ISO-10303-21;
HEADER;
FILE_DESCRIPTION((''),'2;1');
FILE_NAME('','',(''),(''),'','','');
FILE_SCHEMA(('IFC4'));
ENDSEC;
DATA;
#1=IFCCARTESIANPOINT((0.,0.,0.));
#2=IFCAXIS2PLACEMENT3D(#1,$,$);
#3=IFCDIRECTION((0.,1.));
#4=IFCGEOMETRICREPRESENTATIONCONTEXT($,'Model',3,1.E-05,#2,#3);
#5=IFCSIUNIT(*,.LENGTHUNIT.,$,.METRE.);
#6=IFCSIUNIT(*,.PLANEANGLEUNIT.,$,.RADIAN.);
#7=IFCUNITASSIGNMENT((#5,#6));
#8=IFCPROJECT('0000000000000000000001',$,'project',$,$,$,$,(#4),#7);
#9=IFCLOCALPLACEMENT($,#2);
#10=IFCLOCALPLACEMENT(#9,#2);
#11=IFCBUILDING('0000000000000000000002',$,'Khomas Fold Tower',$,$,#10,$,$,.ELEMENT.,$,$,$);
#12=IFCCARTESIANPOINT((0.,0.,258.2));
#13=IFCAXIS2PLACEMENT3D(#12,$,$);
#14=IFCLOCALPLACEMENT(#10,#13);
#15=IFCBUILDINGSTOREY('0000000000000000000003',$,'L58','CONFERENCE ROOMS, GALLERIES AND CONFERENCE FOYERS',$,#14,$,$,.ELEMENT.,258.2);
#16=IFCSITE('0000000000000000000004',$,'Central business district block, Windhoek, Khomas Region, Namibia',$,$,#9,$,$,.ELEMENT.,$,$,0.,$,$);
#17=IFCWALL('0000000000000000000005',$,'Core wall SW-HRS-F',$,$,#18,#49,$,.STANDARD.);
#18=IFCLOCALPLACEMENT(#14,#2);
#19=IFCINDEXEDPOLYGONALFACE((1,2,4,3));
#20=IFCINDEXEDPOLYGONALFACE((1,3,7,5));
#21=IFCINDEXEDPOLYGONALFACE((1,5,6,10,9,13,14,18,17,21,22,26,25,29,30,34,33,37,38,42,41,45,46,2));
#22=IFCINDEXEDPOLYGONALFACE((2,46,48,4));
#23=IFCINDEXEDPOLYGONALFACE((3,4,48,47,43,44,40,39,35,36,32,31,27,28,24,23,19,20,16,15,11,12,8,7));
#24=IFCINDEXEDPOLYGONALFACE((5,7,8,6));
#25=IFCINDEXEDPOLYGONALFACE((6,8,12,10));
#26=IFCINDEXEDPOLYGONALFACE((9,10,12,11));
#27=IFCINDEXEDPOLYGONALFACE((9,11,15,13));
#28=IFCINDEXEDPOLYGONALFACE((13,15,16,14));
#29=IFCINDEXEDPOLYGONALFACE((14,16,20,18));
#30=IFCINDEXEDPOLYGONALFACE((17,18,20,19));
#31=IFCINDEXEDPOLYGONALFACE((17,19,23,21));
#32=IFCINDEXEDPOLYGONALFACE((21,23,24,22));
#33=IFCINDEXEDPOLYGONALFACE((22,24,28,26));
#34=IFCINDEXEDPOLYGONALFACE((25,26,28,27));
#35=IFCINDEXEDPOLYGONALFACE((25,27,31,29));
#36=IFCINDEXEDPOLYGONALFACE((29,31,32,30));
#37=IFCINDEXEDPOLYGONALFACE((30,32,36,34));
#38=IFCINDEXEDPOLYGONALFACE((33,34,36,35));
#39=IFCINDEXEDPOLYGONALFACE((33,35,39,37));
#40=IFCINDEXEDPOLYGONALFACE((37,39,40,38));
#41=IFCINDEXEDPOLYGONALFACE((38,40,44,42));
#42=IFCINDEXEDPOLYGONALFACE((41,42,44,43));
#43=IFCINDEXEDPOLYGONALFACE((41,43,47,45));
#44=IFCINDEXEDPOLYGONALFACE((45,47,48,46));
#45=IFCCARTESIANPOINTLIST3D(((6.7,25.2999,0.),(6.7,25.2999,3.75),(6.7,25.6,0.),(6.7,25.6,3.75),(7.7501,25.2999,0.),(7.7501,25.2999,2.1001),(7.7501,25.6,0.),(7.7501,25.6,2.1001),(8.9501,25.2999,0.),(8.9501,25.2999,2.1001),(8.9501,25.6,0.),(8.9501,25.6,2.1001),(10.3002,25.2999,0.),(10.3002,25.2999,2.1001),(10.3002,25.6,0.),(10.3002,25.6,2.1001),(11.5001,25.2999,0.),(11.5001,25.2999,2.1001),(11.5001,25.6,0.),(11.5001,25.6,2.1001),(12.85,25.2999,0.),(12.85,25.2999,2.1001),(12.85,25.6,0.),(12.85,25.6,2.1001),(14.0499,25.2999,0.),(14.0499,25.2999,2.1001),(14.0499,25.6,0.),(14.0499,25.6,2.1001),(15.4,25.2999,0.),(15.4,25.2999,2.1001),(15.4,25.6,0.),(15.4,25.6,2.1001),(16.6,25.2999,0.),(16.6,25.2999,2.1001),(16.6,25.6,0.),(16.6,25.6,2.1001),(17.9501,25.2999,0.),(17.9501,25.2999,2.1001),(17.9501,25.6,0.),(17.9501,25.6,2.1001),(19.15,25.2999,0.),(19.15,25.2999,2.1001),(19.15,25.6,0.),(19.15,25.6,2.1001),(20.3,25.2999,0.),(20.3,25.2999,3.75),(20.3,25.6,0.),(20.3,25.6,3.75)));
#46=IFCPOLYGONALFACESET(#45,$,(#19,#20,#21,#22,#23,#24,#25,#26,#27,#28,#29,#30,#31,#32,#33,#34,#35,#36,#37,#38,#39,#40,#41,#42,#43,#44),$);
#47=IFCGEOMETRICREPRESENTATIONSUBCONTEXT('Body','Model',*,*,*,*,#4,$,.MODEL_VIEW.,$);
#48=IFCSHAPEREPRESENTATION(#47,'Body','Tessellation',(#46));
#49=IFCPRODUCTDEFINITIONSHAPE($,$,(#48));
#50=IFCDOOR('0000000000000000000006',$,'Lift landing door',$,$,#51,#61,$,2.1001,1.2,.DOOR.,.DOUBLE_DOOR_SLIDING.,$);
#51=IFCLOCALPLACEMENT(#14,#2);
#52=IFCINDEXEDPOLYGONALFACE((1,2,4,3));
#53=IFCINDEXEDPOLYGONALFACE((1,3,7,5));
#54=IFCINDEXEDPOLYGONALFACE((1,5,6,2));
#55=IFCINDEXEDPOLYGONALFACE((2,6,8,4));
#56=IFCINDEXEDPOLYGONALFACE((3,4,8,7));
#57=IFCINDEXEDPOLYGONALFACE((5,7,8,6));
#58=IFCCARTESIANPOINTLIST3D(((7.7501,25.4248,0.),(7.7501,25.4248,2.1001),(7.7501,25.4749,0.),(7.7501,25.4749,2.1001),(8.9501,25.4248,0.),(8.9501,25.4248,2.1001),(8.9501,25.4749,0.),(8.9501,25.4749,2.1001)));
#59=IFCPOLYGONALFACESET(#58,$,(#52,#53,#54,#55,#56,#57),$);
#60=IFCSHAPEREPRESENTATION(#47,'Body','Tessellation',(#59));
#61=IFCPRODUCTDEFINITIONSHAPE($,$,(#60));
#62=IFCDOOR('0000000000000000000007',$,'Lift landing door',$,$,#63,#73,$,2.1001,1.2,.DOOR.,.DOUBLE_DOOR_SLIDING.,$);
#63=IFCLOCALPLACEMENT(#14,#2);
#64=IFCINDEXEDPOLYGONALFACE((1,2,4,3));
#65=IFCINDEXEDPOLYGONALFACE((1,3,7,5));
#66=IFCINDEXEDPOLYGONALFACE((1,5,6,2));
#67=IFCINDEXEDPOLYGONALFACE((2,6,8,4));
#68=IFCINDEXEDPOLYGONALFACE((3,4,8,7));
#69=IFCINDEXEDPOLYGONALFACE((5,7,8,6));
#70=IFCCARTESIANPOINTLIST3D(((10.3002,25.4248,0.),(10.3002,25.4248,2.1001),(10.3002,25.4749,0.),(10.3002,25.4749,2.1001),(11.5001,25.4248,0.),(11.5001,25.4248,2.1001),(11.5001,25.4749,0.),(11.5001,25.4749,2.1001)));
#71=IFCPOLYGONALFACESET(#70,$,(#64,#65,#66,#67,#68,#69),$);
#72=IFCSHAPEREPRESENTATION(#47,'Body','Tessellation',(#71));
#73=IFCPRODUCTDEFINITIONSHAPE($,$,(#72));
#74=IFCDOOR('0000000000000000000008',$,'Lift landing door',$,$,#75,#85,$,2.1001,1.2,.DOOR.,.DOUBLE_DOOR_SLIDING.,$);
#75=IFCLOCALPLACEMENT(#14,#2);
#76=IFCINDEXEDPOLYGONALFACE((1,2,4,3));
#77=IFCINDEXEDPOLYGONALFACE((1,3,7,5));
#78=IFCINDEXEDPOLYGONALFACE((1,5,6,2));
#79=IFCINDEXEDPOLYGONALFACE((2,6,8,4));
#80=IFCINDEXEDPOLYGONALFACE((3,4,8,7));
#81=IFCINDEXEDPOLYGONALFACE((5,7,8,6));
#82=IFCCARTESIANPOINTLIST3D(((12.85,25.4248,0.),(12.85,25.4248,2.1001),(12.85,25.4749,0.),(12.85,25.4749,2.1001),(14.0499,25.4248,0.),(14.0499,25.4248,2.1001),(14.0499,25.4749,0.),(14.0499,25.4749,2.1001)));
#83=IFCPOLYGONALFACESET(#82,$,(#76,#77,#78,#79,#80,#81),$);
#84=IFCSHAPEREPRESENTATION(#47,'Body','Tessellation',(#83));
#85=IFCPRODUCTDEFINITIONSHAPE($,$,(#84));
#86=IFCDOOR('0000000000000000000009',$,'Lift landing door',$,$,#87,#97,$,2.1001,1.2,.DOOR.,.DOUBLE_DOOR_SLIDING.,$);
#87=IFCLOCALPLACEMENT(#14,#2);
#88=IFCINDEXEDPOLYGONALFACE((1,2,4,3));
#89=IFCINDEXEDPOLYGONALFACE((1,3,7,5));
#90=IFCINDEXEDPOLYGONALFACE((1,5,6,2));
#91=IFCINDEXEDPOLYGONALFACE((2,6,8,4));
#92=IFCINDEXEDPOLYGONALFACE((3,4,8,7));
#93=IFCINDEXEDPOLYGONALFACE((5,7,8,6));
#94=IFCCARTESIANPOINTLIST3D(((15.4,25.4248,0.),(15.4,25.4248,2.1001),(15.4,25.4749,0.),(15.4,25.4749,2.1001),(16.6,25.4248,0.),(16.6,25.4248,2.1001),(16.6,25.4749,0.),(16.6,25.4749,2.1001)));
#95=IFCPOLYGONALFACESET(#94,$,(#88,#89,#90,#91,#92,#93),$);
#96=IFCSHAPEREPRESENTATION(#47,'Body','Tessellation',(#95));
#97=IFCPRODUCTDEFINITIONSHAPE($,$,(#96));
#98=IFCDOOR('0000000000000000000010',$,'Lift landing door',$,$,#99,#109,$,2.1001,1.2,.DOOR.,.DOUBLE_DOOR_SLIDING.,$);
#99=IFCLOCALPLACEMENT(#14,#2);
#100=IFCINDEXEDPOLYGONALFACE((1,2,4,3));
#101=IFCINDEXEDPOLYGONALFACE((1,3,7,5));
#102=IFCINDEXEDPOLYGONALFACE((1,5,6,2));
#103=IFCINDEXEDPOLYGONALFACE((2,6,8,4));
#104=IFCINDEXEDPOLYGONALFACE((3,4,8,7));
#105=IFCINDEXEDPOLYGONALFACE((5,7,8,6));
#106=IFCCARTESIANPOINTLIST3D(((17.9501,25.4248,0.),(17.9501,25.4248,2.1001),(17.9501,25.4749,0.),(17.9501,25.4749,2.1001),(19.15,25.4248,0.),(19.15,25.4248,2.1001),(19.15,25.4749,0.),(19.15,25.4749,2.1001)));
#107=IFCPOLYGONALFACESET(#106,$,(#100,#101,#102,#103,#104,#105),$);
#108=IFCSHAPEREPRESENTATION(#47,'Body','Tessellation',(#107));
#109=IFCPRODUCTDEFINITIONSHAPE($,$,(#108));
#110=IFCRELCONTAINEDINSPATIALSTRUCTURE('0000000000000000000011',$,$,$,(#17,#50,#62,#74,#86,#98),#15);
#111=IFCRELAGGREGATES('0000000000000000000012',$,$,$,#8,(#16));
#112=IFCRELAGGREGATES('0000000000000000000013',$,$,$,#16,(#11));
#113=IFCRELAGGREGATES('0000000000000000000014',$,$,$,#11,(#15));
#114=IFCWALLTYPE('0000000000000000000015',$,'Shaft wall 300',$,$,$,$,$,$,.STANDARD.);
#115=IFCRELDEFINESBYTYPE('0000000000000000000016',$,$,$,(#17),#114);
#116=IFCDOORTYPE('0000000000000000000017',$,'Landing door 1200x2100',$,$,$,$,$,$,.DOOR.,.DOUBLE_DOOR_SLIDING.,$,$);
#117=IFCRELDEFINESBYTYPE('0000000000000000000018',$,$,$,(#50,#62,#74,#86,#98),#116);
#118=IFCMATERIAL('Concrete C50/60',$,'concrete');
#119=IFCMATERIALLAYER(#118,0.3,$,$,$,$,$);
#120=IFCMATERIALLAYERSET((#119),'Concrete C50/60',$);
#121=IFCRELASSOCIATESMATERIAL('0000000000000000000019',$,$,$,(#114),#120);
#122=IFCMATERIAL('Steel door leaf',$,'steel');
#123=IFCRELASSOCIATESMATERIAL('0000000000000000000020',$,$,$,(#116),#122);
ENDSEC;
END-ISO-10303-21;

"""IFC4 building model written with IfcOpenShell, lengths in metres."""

from ifc_helpers import new_model, si_unit, direction, frame, frame_2d, origin, place, context, subcontext, project, spatial, rectangle, extrude, source, transform, mapped, material, layer, layer_set, type_object, element, fill, save


model = new_model("IFC4")

# Units and contexts
model_context = context("Model", 3, precision=1e-05, world=origin(), true_north=direction((0.0, 1.0)))
body_context = subcontext(model_context, "Body", "Model", "MODEL_VIEW")
ifc_project = project(units=[si_unit("LENGTHUNIT", "METRE"), si_unit("PLANEANGLEUNIT", "RADIAN")], contexts=[model_context])

# Site, building, storey
site_placement = place(None, origin())
site = spatial("IfcSite", under=ifc_project, at=site_placement, Name="Central business district block, Windhoek, Khomas Region, Namibia", CompositionType="ELEMENT", RefElevation=0.0)
building_placement = place(site_placement, origin())
building = spatial("IfcBuilding", under=site, at=building_placement, Name="Khomas Fold Tower", CompositionType="ELEMENT")
storey_placement = place(building_placement, frame((0.0, 0.0, 258.2)))
storey = spatial("IfcBuildingStorey", under=building, at=storey_placement, Name="L58", Description="CONFERENCE ROOMS, GALLERIES AND CONFERENCE FOYERS", CompositionType="ELEMENT", Elevation=258.2)

# Shared definitions
ifc_material_1 = material(Name="Concrete C50/60", Category="concrete")
ifc_layer_1 = layer(ifc_material_1, 0.3)
ifc_layer_set_1 = layer_set([ifc_layer_1], Name="Concrete C50/60")
wall_type_1 = type_object("IfcWallType", Name="Shaft wall 300", PredefinedType="STANDARD", material=ifc_layer_set_1)
shared_shape_1 = source(origin(), body_context, "Body", "SweptSolid", [
    extrude(rectangle(XDim=13.6001, YDim=0.3, at=frame_2d((6.8, 0.0))), origin(), (0.0, 0.0, 1.0), 3.75),
])

# Wall, openings, doors
wall_1_placement = place(storey_placement, frame((6.7, 25.45, 0.0), z_axis=(0.0, 0.0, 1.0), x_axis=(1.0, 0.0, 0.0)))
wall_1 = element("IfcWall", 1, at=wall_1_placement, inside=storey, type_object=wall_type_1, Name="Core wall SW-HRS-F", PredefinedType="STANDARD", context=body_context, shape_type="MappedRepresentation", body=[
    mapped(shared_shape_1, transform((0.0, 0.0, 0.0))),
])
shared_shape_2 = source(origin(), body_context, "Body", "SweptSolid", [
    extrude(rectangle(XDim=1.2, YDim=2.1001, at=frame_2d((0.6001, 1.05))), frame((0.0, 0.1599, 0.0), z_axis=(0.0, -1.0, 0.0), x_axis=(1.0, 0.0, 0.0)), (0.0, 0.0, 1.0), 0.3201),
])
opening_1_placement = place(wall_1_placement, frame((1.05, 0.0, 0.0)))
opening_1 = element("IfcOpeningElement", 2, at=opening_1_placement, cuts=wall_1, PredefinedType="OPENING", context=body_context, shape_type="MappedRepresentation", body=[
    mapped(shared_shape_2, transform((0.0, 0.0, 0.0))),
])
opening_2_placement = place(wall_1_placement, frame((3.6001, 0.0, 0.0)))
opening_2 = element("IfcOpeningElement", 3, at=opening_2_placement, cuts=wall_1, PredefinedType="OPENING", context=body_context, shape_type="MappedRepresentation", body=[
    mapped(shared_shape_2, transform((0.0, 0.0, 0.0))),
])
opening_3_placement = place(wall_1_placement, frame((6.1499, 0.0, 0.0)))
opening_3 = element("IfcOpeningElement", 4, at=opening_3_placement, cuts=wall_1, PredefinedType="OPENING", context=body_context, shape_type="MappedRepresentation", body=[
    mapped(shared_shape_2, transform((0.0, 0.0, 0.0))),
])
opening_4_placement = place(wall_1_placement, frame((8.7, 0.0, 0.0)))
opening_4 = element("IfcOpeningElement", 5, at=opening_4_placement, cuts=wall_1, PredefinedType="OPENING", context=body_context, shape_type="MappedRepresentation", body=[
    mapped(shared_shape_2, transform((0.0, 0.0, 0.0))),
])
opening_5_placement = place(wall_1_placement, frame((11.25, 0.0, 0.0)))
opening_5 = element("IfcOpeningElement", 6, at=opening_5_placement, cuts=wall_1, PredefinedType="OPENING", context=body_context, shape_type="MappedRepresentation", body=[
    mapped(shared_shape_2, transform((0.0, 0.0, 0.0))),
])
ifc_material_2 = material(Name="Steel door leaf", Category="steel")
door_type = type_object("IfcDoorType", Name="Landing door 1200x2100", OperationType="DOUBLE_DOOR_SLIDING", PredefinedType="DOOR", material=ifc_material_2)
shared_shape_3 = source(origin(), body_context, "Body", "SweptSolid", [
    extrude(rectangle(XDim=1.2, YDim=2.1001, at=frame_2d((0.6001, 1.05))), frame((0.0, 0.0249, 0.0), z_axis=(0.0, -1.0, 0.0), x_axis=(1.0, 0.0, 0.0)), (0.0, 0.0, 1.0), 0.05),
])
door_1_placement = place(opening_1_placement, origin())
door_1 = element("IfcDoor", 7, at=door_1_placement, inside=storey, type_object=door_type, Name="Lift landing door", OperationType="DOUBLE_DOOR_SLIDING", OverallHeight=2.1001, OverallWidth=1.2, PredefinedType="DOOR", context=body_context, shape_type="MappedRepresentation", body=[
    mapped(shared_shape_3, transform((0.0, 0.0, 0.0))),
])
fill(opening_1, door_1)
door_2_placement = place(opening_2_placement, origin())
door_2 = element("IfcDoor", 8, at=door_2_placement, inside=storey, type_object=door_type, Name="Lift landing door", OperationType="DOUBLE_DOOR_SLIDING", OverallHeight=2.1001, OverallWidth=1.2, PredefinedType="DOOR", context=body_context, shape_type="MappedRepresentation", body=[
    mapped(shared_shape_3, transform((0.0, 0.0, 0.0))),
])
fill(opening_2, door_2)
door_3_placement = place(opening_3_placement, origin())
door_3 = element("IfcDoor", 9, at=door_3_placement, inside=storey, type_object=door_type, Name="Lift landing door", OperationType="DOUBLE_DOOR_SLIDING", OverallHeight=2.1001, OverallWidth=1.2, PredefinedType="DOOR", context=body_context, shape_type="MappedRepresentation", body=[
    mapped(shared_shape_3, transform((0.0, 0.0, 0.0))),
])
fill(opening_3, door_3)
door_4_placement = place(opening_4_placement, origin())
door_4 = element("IfcDoor", 10, at=door_4_placement, inside=storey, type_object=door_type, Name="Lift landing door", OperationType="DOUBLE_DOOR_SLIDING", OverallHeight=2.1001, OverallWidth=1.2, PredefinedType="DOOR", context=body_context, shape_type="MappedRepresentation", body=[
    mapped(shared_shape_3, transform((0.0, 0.0, 0.0))),
])
fill(opening_4, door_4)
door_5_placement = place(opening_5_placement, origin())
door_5 = element("IfcDoor", 11, at=door_5_placement, inside=storey, type_object=door_type, Name="Lift landing door", OperationType="DOUBLE_DOOR_SLIDING", OverallHeight=2.1001, OverallWidth=1.2, PredefinedType="DOOR", context=body_context, shape_type="MappedRepresentation", body=[
    mapped(shared_shape_3, transform((0.0, 0.0, 0.0))),
])
fill(opening_5, door_5)

save(model, "model.ifc")
